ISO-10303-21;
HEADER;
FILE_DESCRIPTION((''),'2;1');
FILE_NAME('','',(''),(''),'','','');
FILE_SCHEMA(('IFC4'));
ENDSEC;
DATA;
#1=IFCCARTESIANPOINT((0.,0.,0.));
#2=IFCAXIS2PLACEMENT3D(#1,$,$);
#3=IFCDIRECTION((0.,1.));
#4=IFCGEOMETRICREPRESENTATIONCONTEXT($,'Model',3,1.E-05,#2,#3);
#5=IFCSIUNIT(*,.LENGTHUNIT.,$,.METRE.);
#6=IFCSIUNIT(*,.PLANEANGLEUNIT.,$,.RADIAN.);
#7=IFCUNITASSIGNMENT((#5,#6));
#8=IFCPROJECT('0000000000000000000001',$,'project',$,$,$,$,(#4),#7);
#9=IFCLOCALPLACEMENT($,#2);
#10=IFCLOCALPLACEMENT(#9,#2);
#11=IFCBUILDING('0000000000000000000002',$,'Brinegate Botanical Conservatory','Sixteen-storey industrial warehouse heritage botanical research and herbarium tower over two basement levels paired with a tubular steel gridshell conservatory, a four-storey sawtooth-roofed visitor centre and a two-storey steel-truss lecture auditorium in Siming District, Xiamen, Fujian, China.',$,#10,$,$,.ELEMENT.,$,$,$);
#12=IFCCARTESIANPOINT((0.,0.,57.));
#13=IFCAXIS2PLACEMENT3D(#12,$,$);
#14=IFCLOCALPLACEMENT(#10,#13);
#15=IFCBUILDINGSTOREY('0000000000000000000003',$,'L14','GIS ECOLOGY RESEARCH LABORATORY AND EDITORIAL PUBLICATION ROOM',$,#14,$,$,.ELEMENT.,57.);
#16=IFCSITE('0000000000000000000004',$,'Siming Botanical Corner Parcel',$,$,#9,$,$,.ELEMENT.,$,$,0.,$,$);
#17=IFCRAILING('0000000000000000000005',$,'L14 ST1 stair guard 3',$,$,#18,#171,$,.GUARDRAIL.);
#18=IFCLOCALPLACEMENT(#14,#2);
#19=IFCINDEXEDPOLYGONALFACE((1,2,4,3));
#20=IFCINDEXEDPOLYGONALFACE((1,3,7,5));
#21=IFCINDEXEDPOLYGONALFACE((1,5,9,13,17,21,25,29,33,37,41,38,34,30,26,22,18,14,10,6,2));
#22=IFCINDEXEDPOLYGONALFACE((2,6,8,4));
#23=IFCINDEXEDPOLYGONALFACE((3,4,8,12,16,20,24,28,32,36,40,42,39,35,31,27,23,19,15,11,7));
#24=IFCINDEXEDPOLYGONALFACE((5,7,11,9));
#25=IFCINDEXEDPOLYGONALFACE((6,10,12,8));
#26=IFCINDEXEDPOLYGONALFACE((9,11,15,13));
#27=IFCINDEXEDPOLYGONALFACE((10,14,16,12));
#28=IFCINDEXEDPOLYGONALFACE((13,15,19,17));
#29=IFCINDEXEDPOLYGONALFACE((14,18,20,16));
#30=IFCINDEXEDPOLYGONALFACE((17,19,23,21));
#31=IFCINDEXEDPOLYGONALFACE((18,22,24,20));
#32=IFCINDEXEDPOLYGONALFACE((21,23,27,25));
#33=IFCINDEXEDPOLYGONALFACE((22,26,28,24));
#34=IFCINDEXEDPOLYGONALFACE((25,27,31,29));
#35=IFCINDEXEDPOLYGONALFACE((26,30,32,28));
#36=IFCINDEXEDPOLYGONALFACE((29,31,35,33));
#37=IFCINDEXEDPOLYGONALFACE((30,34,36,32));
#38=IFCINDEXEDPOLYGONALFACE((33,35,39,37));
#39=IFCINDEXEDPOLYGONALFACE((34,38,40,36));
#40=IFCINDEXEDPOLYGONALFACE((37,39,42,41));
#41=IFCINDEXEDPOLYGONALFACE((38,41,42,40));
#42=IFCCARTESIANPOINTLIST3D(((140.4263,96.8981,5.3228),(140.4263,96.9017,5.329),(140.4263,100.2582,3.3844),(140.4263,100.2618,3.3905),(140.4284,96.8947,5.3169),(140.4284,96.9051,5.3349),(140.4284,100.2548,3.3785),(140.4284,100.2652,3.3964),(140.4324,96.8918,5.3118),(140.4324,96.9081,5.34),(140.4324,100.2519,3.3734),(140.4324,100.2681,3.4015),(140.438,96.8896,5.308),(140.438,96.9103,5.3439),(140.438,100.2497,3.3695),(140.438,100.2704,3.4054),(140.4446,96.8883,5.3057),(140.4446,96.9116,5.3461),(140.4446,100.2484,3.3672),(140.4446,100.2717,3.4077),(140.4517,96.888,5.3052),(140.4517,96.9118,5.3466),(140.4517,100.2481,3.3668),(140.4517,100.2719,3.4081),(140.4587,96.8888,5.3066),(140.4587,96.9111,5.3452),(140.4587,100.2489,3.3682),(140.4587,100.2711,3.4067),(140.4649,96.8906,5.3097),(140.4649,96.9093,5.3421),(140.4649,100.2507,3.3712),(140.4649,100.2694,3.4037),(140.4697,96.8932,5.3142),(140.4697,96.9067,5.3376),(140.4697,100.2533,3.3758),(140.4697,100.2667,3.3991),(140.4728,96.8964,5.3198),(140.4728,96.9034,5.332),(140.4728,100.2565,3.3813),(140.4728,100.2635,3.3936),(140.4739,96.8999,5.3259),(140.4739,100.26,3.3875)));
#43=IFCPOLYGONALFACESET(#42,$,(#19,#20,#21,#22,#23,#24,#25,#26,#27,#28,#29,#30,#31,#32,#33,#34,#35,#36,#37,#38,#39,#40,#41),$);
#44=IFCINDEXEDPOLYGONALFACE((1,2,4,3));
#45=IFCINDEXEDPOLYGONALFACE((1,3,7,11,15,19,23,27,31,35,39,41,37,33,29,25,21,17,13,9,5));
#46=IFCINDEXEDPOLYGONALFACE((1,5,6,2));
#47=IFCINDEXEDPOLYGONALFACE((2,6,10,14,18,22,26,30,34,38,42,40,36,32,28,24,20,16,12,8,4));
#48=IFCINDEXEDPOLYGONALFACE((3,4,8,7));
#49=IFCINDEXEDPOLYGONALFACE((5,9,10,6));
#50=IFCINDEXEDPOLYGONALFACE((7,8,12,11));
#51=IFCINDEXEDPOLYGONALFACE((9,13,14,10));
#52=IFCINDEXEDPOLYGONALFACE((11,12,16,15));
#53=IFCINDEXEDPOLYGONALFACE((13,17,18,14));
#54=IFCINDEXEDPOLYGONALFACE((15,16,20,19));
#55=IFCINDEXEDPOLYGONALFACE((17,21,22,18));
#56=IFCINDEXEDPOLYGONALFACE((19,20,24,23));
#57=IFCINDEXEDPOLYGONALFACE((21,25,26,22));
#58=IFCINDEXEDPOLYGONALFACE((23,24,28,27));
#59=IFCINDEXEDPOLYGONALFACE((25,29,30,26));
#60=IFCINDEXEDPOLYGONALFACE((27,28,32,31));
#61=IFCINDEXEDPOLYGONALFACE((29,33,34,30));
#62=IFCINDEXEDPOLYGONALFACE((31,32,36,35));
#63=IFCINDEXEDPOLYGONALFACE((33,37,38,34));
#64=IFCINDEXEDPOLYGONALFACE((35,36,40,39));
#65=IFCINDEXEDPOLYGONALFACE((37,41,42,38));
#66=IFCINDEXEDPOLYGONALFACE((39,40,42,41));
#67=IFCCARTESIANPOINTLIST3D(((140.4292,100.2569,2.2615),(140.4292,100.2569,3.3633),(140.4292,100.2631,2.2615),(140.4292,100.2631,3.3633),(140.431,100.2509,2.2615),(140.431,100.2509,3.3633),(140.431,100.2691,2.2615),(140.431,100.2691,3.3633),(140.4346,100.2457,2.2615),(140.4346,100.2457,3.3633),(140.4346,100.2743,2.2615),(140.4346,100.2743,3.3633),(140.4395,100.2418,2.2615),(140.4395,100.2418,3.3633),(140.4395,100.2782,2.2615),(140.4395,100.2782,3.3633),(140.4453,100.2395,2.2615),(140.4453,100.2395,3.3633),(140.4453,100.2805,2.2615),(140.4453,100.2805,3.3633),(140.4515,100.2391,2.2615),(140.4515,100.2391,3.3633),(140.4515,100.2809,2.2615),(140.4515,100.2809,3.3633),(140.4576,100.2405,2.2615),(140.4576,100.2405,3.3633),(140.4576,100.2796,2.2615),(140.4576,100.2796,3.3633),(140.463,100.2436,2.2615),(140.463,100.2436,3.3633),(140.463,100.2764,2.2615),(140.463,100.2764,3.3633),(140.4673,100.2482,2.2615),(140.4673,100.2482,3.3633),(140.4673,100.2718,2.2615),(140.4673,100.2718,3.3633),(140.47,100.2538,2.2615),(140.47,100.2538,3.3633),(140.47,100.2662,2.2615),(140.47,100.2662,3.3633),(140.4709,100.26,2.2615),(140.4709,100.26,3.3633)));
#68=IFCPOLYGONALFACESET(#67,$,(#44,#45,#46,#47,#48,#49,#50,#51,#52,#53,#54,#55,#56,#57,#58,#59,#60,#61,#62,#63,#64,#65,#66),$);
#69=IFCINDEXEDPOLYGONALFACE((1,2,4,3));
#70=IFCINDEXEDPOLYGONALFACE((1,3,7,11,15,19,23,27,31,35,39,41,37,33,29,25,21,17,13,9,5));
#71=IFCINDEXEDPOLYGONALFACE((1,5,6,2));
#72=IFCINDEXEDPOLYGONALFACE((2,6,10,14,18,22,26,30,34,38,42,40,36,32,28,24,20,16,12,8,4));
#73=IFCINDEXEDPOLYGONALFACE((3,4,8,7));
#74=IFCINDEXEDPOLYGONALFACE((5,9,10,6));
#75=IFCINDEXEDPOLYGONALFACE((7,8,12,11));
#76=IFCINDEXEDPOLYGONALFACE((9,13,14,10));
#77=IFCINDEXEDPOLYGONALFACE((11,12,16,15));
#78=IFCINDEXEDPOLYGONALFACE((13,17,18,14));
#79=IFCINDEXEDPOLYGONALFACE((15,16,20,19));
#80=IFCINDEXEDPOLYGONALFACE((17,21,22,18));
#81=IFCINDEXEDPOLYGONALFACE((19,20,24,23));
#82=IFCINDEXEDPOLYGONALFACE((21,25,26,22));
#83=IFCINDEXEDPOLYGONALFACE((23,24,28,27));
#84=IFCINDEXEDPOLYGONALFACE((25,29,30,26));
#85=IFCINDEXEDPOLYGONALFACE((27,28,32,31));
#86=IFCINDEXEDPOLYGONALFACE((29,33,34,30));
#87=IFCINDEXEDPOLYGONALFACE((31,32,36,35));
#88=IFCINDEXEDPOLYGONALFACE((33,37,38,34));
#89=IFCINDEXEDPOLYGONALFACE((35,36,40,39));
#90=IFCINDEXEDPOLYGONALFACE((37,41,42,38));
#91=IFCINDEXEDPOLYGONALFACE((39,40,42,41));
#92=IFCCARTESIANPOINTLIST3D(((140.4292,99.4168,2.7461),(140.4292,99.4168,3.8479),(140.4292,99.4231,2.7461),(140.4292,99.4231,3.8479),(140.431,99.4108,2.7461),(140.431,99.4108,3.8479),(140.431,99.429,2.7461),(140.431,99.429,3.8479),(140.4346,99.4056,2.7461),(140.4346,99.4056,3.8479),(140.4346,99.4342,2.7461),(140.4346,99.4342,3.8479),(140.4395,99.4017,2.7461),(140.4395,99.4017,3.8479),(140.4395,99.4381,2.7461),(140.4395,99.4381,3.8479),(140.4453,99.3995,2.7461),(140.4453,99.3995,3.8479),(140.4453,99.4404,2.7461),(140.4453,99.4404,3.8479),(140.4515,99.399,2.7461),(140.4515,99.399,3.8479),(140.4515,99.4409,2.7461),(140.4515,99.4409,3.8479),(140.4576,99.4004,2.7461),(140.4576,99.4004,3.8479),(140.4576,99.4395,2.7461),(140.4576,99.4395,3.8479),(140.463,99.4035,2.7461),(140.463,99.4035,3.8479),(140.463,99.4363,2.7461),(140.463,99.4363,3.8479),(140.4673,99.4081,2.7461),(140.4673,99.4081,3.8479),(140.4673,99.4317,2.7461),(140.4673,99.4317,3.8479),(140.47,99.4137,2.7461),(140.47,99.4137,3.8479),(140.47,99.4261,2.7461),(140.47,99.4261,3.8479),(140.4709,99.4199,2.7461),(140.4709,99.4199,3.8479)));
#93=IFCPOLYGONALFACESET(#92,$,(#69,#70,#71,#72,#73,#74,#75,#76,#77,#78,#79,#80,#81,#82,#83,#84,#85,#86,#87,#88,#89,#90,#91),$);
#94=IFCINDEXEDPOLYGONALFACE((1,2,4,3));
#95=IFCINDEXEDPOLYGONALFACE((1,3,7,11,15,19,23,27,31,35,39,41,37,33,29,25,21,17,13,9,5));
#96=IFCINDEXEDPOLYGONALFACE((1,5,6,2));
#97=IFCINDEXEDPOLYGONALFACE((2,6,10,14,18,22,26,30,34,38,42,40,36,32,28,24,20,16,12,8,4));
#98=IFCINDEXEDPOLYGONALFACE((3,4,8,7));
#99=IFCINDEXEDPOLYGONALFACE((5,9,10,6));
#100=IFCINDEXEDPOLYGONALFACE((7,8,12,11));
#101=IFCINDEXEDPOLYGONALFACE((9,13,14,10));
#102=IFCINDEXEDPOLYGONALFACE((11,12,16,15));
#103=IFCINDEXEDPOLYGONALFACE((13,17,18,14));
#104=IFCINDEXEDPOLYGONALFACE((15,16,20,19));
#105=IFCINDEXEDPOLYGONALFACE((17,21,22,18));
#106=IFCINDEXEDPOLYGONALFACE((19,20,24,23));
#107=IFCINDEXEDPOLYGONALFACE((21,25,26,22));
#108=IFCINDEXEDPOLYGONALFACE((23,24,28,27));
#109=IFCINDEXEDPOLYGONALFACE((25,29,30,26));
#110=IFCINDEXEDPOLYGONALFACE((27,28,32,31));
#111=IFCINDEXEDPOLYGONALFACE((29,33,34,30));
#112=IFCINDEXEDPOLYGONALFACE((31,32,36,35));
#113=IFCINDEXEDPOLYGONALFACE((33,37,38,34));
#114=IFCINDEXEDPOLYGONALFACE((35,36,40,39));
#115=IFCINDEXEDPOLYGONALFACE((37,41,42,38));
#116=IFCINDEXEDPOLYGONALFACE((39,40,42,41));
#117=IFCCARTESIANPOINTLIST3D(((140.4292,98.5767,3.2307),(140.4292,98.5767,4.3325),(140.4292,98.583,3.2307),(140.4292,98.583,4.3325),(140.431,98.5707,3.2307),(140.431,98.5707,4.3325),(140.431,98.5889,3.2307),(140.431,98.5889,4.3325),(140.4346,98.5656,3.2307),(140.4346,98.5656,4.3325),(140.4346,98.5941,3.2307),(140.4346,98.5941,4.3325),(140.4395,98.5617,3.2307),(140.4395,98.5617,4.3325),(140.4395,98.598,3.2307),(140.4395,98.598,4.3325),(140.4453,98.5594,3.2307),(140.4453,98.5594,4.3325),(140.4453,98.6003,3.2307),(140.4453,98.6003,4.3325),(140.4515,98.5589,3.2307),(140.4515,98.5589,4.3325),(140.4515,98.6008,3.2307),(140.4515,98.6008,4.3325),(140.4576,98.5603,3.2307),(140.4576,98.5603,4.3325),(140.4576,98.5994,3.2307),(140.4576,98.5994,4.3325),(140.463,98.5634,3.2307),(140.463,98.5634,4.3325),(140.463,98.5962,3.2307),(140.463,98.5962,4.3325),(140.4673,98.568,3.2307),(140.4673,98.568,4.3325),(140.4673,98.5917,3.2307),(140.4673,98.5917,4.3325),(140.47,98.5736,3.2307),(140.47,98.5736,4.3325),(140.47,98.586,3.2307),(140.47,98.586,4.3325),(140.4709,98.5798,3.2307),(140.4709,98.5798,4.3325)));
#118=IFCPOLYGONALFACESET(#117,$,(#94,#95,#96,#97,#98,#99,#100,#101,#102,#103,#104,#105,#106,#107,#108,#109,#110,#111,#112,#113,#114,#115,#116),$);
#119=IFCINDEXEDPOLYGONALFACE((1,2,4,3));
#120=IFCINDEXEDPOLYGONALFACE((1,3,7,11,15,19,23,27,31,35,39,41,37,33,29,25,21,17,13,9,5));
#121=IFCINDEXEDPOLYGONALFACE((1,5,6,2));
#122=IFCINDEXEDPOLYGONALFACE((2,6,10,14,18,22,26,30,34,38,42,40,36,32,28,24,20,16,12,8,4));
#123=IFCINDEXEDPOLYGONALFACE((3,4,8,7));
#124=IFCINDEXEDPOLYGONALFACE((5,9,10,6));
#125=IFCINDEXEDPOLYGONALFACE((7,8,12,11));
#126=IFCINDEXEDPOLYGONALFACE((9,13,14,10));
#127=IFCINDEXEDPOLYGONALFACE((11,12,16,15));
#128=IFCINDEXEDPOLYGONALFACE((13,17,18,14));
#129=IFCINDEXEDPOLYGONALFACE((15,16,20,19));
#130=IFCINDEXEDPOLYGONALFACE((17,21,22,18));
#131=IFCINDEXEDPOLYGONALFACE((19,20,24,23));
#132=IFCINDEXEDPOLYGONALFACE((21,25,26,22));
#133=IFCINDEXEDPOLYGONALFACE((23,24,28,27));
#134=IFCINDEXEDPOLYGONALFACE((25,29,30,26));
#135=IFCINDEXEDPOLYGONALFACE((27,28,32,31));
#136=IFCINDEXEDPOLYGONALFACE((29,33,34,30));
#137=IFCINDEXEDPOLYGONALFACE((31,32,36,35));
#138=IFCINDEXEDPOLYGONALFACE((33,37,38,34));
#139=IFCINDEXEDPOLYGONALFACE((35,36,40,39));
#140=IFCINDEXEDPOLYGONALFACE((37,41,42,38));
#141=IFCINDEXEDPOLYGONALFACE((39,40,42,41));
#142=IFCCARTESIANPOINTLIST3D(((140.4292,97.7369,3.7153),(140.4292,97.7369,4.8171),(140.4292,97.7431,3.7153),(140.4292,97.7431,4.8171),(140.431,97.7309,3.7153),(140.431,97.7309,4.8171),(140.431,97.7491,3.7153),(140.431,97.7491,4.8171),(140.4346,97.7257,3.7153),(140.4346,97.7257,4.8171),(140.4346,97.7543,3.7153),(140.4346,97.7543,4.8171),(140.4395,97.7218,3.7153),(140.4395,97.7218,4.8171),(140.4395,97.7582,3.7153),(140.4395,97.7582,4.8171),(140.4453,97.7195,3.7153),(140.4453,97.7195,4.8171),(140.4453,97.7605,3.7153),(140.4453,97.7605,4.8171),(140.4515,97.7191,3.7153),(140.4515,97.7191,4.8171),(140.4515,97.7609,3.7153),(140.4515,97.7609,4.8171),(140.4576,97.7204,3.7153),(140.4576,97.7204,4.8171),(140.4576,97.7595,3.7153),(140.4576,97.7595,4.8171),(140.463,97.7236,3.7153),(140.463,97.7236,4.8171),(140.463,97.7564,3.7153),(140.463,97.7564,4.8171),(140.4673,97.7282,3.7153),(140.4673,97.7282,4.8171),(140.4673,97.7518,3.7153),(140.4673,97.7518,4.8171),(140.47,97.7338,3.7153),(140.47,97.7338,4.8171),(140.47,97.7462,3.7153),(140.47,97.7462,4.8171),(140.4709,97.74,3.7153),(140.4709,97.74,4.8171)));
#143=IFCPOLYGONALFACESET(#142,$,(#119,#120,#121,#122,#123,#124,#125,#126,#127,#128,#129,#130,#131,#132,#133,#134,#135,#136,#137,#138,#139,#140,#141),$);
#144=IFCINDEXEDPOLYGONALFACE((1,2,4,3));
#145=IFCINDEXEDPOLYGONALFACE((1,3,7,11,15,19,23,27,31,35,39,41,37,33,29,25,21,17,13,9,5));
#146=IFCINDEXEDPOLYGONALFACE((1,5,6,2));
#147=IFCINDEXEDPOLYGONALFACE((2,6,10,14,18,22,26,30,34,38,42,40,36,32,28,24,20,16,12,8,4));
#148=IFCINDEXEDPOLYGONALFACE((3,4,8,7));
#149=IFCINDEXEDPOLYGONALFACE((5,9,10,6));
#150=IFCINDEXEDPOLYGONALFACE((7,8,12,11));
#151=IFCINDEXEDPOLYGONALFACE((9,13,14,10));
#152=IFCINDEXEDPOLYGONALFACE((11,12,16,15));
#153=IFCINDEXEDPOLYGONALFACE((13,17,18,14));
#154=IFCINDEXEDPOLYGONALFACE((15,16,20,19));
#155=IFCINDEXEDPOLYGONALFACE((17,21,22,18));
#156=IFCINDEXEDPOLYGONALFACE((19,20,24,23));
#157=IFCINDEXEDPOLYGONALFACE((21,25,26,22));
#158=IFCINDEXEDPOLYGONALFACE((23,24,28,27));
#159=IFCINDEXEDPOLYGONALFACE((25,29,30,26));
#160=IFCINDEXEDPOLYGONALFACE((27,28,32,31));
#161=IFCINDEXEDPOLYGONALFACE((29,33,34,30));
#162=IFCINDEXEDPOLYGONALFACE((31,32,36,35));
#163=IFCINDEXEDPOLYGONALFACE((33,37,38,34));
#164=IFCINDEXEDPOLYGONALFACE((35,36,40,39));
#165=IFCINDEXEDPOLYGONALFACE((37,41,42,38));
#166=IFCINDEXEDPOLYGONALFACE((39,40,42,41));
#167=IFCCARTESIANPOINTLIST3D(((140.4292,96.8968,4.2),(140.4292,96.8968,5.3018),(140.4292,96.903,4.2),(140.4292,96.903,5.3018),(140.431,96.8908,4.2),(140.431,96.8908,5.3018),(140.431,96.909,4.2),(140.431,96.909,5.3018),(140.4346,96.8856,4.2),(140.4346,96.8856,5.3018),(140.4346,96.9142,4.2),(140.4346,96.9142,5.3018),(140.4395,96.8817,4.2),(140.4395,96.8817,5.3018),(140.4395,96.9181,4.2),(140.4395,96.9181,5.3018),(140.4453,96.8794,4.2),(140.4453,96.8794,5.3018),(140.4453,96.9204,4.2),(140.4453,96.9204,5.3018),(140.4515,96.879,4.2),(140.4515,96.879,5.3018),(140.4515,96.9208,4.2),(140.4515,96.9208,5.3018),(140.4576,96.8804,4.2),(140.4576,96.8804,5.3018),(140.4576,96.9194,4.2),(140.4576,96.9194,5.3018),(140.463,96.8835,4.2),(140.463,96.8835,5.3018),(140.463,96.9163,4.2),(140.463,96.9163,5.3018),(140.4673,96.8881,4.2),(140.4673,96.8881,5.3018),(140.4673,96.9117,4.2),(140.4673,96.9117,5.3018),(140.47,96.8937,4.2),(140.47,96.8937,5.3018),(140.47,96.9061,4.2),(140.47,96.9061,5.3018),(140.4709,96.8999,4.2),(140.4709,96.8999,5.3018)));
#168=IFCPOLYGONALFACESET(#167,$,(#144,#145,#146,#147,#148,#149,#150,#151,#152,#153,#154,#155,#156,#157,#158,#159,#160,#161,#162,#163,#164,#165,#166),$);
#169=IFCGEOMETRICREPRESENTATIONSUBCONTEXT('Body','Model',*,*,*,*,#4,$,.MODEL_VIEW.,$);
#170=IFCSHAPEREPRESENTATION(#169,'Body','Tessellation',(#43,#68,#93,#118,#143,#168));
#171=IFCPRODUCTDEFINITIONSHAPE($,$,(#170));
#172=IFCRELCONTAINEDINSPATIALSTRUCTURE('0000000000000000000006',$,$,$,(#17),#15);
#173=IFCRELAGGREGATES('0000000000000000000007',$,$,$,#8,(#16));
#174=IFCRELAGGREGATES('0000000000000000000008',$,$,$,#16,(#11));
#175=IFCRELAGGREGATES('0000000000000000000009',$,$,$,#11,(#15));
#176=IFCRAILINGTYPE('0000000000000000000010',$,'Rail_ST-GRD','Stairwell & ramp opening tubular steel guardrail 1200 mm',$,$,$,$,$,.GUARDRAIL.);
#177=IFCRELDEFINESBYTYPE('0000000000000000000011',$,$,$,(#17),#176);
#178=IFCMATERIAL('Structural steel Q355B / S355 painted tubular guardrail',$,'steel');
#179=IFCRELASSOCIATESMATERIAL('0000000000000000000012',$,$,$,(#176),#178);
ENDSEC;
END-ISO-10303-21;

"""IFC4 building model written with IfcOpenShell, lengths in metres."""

from ifc_helpers import new_model, si_unit, direction, frame, origin, origin_2d, place, context, subcontext, project, spatial, circle, extrude, material, type_object, element, save


model = new_model("IFC4")

# Units and contexts
model_context = context("Model", 3, precision=1e-05, world=origin(), true_north=direction((0.0, 1.0)))
body_context = subcontext(model_context, "Body", "Model", "MODEL_VIEW")
ifc_project = project(units=[si_unit("LENGTHUNIT", "METRE"), si_unit("PLANEANGLEUNIT", "RADIAN")], contexts=[model_context])

# Site, building, storey
site_placement = place(None, origin())
site = spatial("IfcSite", under=ifc_project, at=site_placement, Name="Siming Botanical Corner Parcel", CompositionType="ELEMENT", RefElevation=0.0)
building_placement = place(site_placement, origin())
building = spatial("IfcBuilding", under=site, at=building_placement, Name="Brinegate Botanical Conservatory", Description="Sixteen-storey industrial warehouse heritage botanical research and herbarium tower over two basement levels paired with a tubular steel gridshell conservatory, a four-storey sawtooth-roofed visitor centre and a two-storey steel-truss lecture auditorium in Siming District, Xiamen, Fujian, China.", CompositionType="ELEMENT")
storey_placement = place(building_placement, frame((0.0, 0.0, 57.0)))
storey = spatial("IfcBuildingStorey", under=building, at=storey_placement, Name="L14", Description="GIS ECOLOGY RESEARCH LABORATORY AND EDITORIAL PUBLICATION ROOM", CompositionType="ELEMENT", Elevation=57.0)

# Railing
ifc_material_1 = material(Name="Structural steel Q355B / S355 painted tubular guardrail", Category="steel")
railing_type_1 = type_object("IfcRailingType", Name="Rail_ST-GRD", Description="Stairwell & ramp opening tubular steel guardrail 1200 mm", PredefinedType="GUARDRAIL", material=ifc_material_1)
railing_1_placement = place(storey_placement, frame((140.45, 100.26, 2.2615)))
element("IfcRailing", 1, at=railing_1_placement, inside=storey, type_object=railing_type_1, Name="L14 ST1 stair guard 3", PredefinedType="GUARDRAIL", context=body_context, shape_type="SweptSolid", body=[
    extrude(circle(Radius=0.0239, at=origin_2d()), frame((0.0, 0.0, 1.126), z_axis=(0.0, -0.866191, 0.499713), x_axis=(1.0, 0.0, 0.0)), (0.0, 0.0, 1.0), 3.8792),
    extrude(circle(Radius=0.021, at=origin_2d()), origin(), (0.0, 0.0, 1.0), 1.1018),
    extrude(circle(Radius=0.021, at=origin_2d()), frame((0.0, -0.8401, 0.4846)), (0.0, 0.0, 1.0), 1.1018),
    extrude(circle(Radius=0.021, at=origin_2d()), frame((0.0, -1.6802, 0.9692)), (0.0, 0.0, 1.0), 1.1018),
    extrude(circle(Radius=0.021, at=origin_2d()), frame((0.0, -2.52, 1.4539)), (0.0, 0.0, 1.0), 1.1018),
    extrude(circle(Radius=0.021, at=origin_2d()), frame((0.0, -3.3601, 1.9385)), (0.0, 0.0, 1.0), 1.1018),
])

save(model, "model.ifc")
